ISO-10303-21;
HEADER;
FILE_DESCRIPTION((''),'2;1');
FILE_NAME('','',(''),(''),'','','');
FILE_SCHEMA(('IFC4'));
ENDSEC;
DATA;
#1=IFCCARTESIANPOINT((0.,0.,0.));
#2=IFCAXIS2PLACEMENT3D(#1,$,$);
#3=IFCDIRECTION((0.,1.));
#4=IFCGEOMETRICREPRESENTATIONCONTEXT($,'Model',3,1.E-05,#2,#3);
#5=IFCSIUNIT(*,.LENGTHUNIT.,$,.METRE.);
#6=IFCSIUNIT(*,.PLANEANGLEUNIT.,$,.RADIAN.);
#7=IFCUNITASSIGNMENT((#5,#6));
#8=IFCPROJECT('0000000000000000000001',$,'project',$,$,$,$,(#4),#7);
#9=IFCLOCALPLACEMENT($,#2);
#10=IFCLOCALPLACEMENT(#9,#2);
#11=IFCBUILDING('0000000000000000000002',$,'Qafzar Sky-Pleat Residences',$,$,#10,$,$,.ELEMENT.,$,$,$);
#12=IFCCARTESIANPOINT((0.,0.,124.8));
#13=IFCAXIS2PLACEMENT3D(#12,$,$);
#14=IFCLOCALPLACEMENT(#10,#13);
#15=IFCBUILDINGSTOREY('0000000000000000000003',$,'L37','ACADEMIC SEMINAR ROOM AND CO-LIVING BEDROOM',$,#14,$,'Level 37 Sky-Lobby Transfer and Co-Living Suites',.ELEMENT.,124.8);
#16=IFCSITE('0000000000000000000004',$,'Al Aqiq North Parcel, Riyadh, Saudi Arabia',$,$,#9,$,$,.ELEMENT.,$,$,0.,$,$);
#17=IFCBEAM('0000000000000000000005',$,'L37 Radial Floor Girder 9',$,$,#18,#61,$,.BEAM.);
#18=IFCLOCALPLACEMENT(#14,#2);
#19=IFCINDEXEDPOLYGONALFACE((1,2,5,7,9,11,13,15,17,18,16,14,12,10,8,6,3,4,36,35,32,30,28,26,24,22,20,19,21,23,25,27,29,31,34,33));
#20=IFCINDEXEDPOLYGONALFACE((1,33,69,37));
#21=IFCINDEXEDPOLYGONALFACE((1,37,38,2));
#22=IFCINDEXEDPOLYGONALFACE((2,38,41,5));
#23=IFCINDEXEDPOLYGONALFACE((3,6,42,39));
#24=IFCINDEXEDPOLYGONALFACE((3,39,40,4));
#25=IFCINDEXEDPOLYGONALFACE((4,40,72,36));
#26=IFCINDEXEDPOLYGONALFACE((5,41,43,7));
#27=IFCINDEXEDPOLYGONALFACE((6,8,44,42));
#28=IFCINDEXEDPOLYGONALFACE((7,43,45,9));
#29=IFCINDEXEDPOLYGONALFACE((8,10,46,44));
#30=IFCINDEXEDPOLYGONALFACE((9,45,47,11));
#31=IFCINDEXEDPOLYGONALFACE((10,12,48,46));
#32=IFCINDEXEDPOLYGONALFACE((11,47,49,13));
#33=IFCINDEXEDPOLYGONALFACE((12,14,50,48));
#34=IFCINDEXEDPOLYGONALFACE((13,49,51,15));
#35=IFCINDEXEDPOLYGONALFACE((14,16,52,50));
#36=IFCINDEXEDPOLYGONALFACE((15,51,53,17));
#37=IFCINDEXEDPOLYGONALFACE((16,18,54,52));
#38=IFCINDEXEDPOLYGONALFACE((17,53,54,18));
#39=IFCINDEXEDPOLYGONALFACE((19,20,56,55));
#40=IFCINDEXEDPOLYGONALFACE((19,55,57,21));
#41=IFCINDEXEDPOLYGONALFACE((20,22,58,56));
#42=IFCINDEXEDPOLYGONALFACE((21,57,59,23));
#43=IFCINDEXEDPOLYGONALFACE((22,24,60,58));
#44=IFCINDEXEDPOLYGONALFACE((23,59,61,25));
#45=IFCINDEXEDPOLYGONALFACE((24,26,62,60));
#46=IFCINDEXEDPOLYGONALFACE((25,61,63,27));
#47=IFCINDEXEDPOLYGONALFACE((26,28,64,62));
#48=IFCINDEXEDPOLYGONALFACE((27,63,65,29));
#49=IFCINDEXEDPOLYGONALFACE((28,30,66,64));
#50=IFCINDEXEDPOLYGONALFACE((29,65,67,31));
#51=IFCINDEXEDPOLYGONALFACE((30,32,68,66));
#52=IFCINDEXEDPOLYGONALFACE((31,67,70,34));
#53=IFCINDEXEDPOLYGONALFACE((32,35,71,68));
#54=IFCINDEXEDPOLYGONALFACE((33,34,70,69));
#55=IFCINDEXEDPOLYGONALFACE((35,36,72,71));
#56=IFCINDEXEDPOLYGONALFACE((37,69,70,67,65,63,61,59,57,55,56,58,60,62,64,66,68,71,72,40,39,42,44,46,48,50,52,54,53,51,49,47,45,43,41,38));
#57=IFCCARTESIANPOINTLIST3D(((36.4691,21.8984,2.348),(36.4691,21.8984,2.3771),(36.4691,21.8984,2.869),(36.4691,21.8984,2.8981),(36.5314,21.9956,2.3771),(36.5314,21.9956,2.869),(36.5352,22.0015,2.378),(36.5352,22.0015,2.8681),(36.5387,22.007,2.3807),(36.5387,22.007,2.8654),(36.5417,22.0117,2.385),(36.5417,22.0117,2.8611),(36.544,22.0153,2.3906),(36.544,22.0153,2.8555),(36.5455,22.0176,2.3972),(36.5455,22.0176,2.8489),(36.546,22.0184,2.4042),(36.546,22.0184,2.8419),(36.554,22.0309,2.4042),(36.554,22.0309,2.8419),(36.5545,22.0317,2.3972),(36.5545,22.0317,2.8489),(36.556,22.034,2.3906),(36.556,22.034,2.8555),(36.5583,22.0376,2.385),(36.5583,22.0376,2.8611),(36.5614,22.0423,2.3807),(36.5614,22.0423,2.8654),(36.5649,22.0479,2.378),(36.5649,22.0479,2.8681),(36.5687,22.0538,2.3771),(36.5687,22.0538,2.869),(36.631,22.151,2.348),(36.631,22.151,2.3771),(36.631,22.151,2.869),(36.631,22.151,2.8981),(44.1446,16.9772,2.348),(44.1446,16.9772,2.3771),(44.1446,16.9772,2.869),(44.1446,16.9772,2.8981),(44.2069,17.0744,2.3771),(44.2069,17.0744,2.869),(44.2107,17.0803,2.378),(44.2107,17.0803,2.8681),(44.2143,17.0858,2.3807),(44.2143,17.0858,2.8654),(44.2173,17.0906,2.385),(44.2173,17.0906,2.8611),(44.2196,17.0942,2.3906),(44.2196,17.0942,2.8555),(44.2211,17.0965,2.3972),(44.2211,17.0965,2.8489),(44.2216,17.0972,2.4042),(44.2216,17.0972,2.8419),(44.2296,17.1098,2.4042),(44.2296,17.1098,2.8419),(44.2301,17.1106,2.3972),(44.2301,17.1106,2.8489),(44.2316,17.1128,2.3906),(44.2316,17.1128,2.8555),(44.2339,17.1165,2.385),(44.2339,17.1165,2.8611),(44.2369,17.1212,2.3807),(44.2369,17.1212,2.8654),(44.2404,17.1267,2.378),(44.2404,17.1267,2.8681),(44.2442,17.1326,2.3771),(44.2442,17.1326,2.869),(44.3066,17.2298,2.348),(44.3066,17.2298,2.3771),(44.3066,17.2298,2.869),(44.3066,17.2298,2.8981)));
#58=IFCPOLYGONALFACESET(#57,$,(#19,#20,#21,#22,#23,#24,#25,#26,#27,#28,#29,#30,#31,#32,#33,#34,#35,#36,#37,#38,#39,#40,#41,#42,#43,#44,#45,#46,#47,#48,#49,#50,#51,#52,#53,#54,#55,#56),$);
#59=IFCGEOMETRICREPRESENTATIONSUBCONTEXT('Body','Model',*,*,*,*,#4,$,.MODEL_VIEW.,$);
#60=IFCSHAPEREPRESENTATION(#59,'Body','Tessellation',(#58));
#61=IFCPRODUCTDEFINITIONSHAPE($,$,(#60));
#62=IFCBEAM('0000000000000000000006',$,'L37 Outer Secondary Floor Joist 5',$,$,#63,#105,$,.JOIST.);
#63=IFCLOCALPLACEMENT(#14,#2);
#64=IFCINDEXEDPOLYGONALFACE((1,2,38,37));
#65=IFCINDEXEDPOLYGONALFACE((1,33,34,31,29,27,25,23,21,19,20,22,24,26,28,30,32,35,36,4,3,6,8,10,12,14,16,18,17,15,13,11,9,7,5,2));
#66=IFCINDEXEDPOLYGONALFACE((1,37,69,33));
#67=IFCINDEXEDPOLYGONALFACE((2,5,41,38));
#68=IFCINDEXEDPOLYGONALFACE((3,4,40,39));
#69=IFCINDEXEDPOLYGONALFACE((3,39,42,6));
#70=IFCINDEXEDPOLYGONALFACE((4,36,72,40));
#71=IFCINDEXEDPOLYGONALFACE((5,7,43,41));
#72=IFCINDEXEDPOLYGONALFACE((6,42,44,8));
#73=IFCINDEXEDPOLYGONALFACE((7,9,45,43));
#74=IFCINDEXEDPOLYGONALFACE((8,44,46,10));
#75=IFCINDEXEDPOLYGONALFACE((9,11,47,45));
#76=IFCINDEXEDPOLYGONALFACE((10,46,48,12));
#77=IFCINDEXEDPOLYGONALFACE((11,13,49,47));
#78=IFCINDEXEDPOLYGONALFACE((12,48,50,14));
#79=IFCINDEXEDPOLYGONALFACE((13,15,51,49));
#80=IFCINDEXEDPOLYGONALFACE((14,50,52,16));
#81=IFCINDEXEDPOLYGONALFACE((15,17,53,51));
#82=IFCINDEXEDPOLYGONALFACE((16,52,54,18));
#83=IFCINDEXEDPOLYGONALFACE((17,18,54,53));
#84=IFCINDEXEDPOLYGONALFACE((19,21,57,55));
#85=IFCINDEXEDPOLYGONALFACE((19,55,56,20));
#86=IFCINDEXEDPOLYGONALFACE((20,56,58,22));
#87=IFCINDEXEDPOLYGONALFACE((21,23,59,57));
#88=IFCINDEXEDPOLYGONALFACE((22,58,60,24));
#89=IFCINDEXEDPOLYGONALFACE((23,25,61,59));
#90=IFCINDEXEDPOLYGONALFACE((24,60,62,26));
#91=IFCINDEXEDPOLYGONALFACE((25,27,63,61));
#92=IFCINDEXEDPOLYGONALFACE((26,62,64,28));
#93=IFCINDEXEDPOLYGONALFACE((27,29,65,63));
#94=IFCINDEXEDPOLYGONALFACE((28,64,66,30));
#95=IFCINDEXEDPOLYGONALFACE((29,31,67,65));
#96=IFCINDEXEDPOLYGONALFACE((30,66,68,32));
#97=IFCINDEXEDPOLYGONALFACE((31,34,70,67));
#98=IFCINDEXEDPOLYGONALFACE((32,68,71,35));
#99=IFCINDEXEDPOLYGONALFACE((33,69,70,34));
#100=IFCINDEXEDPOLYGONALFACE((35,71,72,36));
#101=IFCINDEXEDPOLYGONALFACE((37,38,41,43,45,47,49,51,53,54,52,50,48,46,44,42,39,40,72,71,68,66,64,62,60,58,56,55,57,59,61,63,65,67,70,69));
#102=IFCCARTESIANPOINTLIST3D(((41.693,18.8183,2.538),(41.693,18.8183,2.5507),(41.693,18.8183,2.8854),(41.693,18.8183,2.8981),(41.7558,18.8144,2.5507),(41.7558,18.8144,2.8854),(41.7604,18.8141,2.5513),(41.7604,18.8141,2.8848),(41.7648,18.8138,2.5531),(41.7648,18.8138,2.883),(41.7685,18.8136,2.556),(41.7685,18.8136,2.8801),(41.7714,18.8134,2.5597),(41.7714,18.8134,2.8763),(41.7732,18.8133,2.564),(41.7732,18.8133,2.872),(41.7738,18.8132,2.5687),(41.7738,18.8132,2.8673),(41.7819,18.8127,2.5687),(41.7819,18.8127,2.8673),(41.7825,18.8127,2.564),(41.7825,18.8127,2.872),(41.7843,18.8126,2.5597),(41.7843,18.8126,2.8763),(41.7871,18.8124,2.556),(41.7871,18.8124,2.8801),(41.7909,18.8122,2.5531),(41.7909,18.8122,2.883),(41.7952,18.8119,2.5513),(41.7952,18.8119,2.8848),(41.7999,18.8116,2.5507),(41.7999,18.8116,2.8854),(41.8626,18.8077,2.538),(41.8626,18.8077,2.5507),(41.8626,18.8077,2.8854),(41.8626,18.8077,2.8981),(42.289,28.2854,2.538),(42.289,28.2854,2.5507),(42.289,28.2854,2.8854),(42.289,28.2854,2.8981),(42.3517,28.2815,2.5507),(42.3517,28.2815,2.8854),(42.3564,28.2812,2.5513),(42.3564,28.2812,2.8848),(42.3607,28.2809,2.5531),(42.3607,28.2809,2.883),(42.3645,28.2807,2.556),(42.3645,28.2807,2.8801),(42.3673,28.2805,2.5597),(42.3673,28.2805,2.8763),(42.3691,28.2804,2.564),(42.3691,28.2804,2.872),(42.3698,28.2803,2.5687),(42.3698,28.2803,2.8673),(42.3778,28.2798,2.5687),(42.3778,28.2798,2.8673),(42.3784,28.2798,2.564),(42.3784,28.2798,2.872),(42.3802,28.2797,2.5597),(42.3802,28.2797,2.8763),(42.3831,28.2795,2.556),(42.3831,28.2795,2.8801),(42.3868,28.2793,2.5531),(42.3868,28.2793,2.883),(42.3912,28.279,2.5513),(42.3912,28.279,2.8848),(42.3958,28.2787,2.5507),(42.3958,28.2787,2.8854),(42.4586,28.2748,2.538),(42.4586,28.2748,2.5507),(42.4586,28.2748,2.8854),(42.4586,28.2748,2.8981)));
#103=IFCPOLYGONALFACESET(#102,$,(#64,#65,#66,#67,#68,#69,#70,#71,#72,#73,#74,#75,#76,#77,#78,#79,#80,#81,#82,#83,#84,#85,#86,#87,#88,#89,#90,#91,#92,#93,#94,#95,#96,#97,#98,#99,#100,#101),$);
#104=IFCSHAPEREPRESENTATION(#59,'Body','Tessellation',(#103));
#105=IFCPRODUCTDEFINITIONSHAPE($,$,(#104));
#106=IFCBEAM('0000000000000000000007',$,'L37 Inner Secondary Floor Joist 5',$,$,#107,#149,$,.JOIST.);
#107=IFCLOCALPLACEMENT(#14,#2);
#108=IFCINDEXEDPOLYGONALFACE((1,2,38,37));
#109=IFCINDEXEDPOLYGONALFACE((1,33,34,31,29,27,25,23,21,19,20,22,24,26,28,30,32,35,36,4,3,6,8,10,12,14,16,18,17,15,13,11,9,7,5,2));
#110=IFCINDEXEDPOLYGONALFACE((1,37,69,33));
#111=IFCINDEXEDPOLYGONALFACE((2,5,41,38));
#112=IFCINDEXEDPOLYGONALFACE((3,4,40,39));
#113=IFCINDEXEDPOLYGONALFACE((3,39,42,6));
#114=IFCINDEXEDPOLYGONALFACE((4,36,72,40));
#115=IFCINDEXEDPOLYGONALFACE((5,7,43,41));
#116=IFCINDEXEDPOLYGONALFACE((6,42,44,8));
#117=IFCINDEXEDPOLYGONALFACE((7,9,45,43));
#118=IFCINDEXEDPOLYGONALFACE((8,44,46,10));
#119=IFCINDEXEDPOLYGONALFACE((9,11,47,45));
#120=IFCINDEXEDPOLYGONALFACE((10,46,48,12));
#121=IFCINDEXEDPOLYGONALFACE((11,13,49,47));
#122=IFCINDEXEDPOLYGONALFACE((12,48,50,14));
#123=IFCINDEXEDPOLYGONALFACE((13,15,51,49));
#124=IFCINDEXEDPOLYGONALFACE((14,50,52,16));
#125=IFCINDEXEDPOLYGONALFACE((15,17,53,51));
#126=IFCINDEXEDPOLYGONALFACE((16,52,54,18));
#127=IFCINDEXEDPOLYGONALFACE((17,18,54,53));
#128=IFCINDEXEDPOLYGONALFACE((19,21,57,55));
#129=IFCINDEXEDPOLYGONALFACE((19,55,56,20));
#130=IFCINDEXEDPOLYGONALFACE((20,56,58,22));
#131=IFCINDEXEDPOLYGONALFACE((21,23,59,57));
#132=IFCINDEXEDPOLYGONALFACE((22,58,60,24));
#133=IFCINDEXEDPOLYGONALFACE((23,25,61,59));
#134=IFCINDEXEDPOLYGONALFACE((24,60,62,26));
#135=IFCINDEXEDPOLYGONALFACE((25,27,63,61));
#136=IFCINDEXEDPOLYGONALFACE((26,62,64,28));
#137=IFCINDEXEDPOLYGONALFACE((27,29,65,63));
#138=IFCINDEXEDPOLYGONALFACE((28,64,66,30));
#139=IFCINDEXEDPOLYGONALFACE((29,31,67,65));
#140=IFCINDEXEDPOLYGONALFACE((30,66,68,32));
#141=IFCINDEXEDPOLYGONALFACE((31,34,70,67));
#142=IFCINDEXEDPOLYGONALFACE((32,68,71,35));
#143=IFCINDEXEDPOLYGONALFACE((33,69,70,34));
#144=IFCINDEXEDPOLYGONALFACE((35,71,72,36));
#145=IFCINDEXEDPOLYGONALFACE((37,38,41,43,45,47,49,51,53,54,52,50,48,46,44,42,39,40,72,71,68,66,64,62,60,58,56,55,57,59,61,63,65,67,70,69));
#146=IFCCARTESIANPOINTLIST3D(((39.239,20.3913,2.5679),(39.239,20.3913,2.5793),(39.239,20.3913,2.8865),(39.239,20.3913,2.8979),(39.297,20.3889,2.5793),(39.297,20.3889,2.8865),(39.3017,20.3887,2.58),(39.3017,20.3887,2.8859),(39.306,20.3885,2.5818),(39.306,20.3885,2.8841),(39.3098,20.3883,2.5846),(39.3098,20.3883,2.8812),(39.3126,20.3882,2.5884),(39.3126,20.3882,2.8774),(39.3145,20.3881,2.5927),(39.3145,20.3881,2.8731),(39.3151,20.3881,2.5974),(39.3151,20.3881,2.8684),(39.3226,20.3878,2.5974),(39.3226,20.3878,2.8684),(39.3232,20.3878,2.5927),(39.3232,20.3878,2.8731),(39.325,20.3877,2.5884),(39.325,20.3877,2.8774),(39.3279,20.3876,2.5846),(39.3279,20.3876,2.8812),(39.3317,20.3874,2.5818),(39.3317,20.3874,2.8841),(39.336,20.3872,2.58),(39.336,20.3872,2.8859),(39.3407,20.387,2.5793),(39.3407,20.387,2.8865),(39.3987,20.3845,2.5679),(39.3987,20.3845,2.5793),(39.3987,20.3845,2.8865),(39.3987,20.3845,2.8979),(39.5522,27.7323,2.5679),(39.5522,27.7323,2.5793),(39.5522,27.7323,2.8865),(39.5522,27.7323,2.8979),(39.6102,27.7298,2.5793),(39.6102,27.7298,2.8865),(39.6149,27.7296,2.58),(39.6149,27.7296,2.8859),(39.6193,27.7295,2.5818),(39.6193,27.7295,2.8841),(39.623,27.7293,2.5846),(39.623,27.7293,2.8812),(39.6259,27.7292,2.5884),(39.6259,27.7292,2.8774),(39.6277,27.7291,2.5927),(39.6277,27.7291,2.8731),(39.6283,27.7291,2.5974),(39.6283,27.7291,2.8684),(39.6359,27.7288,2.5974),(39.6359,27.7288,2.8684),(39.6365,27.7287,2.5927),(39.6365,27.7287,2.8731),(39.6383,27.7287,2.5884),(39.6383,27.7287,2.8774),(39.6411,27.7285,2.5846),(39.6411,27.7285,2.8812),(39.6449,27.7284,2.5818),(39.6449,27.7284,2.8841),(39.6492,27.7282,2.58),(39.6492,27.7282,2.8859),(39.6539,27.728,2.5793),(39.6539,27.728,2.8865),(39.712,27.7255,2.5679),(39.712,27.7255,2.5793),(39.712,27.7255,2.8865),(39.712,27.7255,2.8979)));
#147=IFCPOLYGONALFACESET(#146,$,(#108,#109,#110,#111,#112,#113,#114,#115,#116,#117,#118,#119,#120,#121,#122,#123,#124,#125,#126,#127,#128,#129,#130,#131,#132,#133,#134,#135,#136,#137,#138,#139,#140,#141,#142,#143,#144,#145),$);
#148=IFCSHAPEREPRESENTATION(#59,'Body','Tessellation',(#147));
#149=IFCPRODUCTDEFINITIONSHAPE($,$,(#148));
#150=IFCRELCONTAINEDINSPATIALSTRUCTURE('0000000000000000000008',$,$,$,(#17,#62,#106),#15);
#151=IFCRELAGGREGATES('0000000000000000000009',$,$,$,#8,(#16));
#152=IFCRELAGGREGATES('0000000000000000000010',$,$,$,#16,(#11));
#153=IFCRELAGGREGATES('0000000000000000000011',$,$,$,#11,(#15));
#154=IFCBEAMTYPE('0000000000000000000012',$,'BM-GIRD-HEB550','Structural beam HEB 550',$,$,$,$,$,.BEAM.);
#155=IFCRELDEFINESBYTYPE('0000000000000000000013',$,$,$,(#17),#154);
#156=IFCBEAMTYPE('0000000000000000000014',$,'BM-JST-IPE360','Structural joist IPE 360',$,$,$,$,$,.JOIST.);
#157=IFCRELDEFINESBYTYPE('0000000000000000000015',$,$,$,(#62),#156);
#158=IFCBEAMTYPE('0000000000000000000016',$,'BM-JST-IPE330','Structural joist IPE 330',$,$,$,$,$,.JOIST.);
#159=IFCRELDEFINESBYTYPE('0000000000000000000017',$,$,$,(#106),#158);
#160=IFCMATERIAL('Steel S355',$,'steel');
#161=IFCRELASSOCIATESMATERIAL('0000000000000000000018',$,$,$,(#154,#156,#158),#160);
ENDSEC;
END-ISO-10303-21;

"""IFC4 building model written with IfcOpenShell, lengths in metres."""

from ifc_helpers import new_model, si_unit, direction, frame, origin, origin_2d, place, context, subcontext, project, spatial, i_section, extrude, source, transform, mapped, material, material_profile, profile_set, type_object, element, save


model = new_model("IFC4")

# Units and contexts
model_context = context("Model", 3, precision=1e-05, world=origin(), true_north=direction((0.0, 1.0)))
body_context = subcontext(model_context, "Body", "Model", "MODEL_VIEW")
ifc_project = project(units=[si_unit("LENGTHUNIT", "METRE"), si_unit("PLANEANGLEUNIT", "RADIAN")], contexts=[model_context])

# Site, building, storey
site_placement = place(None, origin())
site = spatial("IfcSite", under=ifc_project, at=site_placement, Name="Al Aqiq North Parcel, Riyadh, Saudi Arabia", CompositionType="ELEMENT", RefElevation=0.0)
building_placement = place(site_placement, origin())
building = spatial("IfcBuilding", under=site, at=building_placement, Name="Qafzar Sky-Pleat Residences", CompositionType="ELEMENT")
storey_placement = place(building_placement, frame((0.0, 0.0, 124.8)))
storey = spatial("IfcBuildingStorey", under=building, at=storey_placement, Name="L37", Description="ACADEMIC SEMINAR ROOM AND CO-LIVING BEDROOM", LongName="Level 37 Sky-Lobby Transfer and Co-Living Suites", CompositionType="ELEMENT", Elevation=124.8)

# Beams
ifc_material_1 = material(Name="Steel S355", Category="steel")
ifc_material_profile_1 = material_profile(ifc_material_1, i_section(OverallWidth=0.3, OverallDepth=0.55, WebThickness=0.0149, FlangeThickness=0.0291, FilletRadius=0.0271, at=origin_2d()), Name="HEB 550")
ifc_profile_set_1 = profile_set([ifc_material_profile_1], Name="Steel S355")
beam_type_1 = type_object("IfcBeamType", Name="BM-GIRD-HEB550", Description="Structural beam HEB 550", PredefinedType="BEAM", material=ifc_profile_set_1)
shared_shape_1 = source(origin(), body_context, "Body", "SweptSolid", [
    extrude(i_section(OverallWidth=0.3, OverallDepth=0.55, WebThickness=0.0149, FlangeThickness=0.0291, FilletRadius=0.0271, at=origin_2d()), origin(), (0.0, 0.0, 1.0), 9.1177),
])
beam_1_placement = place(storey_placement, frame((44.2256, 17.1035, 2.623), z_axis=(-0.841833, 0.539738, 0.0), x_axis=(-0.539738, -0.841833, 0.0)))
element("IfcBeam", 1, at=beam_1_placement, inside=storey, type_object=beam_type_1, Name="L37 Radial Floor Girder 9", PredefinedType="BEAM", context=body_context, shape_type="MappedRepresentation", body=[
    mapped(shared_shape_1, transform((0.0, 0.0, 0.0), x_axis=(1.0, 0.0, 0.0), y_axis=(0.0, 1.0, 0.0), z_axis=(0.0, 0.0, 1.0), scale=1.0)),
])
ifc_material_profile_2 = material_profile(ifc_material_1, i_section(OverallWidth=0.1699, OverallDepth=0.3601, WebThickness=0.0081, FlangeThickness=0.0127, FilletRadius=0.0181, at=origin_2d()), Name="IPE 360")
ifc_profile_set_2 = profile_set([ifc_material_profile_2], Name="Steel S355")
beam_type_2 = type_object("IfcBeamType", Name="BM-JST-IPE360", Description="Structural joist IPE 360", PredefinedType="JOIST", material=ifc_profile_set_2)
shared_shape_2 = source(origin(), body_context, "Body", "SweptSolid", [
    extrude(i_section(OverallWidth=0.1699, OverallDepth=0.3601, WebThickness=0.0081, FlangeThickness=0.0127, FilletRadius=0.0181, at=origin_2d()), origin(), (0.0, 0.0, 1.0), 9.4858),
])
beam_2_placement = place(storey_placement, frame((41.7778, 18.813, 2.718), z_axis=(0.062825, 0.998025, 0.0), x_axis=(-0.998025, 0.062825, 0.0)))
element("IfcBeam", 2, at=beam_2_placement, inside=storey, type_object=beam_type_2, Name="L37 Outer Secondary Floor Joist 5", PredefinedType="JOIST", context=body_context, shape_type="MappedRepresentation", body=[
    mapped(shared_shape_2, transform((0.0, 0.0, 0.0), x_axis=(1.0, 0.0, 0.0), y_axis=(0.0, 1.0, 0.0), z_axis=(0.0, 0.0, 1.0), scale=1.0)),
])
ifc_material_profile_3 = material_profile(ifc_material_1, i_section(OverallWidth=0.1599, OverallDepth=0.3301, WebThickness=0.0076, FlangeThickness=0.0115, FilletRadius=0.0181, at=origin_2d()), Name="IPE 330")
ifc_profile_set_3 = profile_set([ifc_material_profile_3], Name="Steel S355")
beam_type_3 = type_object("IfcBeamType", Name="BM-JST-IPE330", Description="Structural joist IPE 330", PredefinedType="JOIST", material=ifc_profile_set_3)
shared_shape_3 = source(origin(), body_context, "Body", "SweptSolid", [
    extrude(i_section(OverallWidth=0.1599, OverallDepth=0.3301, WebThickness=0.0076, FlangeThickness=0.0115, FilletRadius=0.0181, at=origin_2d()), origin(), (0.0, 0.0, 1.0), 7.3477),
])
beam_3_placement = place(storey_placement, frame((39.3188, 20.3879, 2.7329), z_axis=(0.04263, 0.999091, 0.0), x_axis=(-0.999091, 0.04263, 0.0)))
element("IfcBeam", 3, at=beam_3_placement, inside=storey, type_object=beam_type_3, Name="L37 Inner Secondary Floor Joist 5", PredefinedType="JOIST", context=body_context, shape_type="MappedRepresentation", body=[
    mapped(shared_shape_3, transform((0.0, 0.0, 0.0), x_axis=(1.0, 0.0, 0.0), y_axis=(0.0, 1.0, 0.0), z_axis=(0.0, 0.0, 1.0), scale=1.0)),
])

save(model, "model.ifc")
